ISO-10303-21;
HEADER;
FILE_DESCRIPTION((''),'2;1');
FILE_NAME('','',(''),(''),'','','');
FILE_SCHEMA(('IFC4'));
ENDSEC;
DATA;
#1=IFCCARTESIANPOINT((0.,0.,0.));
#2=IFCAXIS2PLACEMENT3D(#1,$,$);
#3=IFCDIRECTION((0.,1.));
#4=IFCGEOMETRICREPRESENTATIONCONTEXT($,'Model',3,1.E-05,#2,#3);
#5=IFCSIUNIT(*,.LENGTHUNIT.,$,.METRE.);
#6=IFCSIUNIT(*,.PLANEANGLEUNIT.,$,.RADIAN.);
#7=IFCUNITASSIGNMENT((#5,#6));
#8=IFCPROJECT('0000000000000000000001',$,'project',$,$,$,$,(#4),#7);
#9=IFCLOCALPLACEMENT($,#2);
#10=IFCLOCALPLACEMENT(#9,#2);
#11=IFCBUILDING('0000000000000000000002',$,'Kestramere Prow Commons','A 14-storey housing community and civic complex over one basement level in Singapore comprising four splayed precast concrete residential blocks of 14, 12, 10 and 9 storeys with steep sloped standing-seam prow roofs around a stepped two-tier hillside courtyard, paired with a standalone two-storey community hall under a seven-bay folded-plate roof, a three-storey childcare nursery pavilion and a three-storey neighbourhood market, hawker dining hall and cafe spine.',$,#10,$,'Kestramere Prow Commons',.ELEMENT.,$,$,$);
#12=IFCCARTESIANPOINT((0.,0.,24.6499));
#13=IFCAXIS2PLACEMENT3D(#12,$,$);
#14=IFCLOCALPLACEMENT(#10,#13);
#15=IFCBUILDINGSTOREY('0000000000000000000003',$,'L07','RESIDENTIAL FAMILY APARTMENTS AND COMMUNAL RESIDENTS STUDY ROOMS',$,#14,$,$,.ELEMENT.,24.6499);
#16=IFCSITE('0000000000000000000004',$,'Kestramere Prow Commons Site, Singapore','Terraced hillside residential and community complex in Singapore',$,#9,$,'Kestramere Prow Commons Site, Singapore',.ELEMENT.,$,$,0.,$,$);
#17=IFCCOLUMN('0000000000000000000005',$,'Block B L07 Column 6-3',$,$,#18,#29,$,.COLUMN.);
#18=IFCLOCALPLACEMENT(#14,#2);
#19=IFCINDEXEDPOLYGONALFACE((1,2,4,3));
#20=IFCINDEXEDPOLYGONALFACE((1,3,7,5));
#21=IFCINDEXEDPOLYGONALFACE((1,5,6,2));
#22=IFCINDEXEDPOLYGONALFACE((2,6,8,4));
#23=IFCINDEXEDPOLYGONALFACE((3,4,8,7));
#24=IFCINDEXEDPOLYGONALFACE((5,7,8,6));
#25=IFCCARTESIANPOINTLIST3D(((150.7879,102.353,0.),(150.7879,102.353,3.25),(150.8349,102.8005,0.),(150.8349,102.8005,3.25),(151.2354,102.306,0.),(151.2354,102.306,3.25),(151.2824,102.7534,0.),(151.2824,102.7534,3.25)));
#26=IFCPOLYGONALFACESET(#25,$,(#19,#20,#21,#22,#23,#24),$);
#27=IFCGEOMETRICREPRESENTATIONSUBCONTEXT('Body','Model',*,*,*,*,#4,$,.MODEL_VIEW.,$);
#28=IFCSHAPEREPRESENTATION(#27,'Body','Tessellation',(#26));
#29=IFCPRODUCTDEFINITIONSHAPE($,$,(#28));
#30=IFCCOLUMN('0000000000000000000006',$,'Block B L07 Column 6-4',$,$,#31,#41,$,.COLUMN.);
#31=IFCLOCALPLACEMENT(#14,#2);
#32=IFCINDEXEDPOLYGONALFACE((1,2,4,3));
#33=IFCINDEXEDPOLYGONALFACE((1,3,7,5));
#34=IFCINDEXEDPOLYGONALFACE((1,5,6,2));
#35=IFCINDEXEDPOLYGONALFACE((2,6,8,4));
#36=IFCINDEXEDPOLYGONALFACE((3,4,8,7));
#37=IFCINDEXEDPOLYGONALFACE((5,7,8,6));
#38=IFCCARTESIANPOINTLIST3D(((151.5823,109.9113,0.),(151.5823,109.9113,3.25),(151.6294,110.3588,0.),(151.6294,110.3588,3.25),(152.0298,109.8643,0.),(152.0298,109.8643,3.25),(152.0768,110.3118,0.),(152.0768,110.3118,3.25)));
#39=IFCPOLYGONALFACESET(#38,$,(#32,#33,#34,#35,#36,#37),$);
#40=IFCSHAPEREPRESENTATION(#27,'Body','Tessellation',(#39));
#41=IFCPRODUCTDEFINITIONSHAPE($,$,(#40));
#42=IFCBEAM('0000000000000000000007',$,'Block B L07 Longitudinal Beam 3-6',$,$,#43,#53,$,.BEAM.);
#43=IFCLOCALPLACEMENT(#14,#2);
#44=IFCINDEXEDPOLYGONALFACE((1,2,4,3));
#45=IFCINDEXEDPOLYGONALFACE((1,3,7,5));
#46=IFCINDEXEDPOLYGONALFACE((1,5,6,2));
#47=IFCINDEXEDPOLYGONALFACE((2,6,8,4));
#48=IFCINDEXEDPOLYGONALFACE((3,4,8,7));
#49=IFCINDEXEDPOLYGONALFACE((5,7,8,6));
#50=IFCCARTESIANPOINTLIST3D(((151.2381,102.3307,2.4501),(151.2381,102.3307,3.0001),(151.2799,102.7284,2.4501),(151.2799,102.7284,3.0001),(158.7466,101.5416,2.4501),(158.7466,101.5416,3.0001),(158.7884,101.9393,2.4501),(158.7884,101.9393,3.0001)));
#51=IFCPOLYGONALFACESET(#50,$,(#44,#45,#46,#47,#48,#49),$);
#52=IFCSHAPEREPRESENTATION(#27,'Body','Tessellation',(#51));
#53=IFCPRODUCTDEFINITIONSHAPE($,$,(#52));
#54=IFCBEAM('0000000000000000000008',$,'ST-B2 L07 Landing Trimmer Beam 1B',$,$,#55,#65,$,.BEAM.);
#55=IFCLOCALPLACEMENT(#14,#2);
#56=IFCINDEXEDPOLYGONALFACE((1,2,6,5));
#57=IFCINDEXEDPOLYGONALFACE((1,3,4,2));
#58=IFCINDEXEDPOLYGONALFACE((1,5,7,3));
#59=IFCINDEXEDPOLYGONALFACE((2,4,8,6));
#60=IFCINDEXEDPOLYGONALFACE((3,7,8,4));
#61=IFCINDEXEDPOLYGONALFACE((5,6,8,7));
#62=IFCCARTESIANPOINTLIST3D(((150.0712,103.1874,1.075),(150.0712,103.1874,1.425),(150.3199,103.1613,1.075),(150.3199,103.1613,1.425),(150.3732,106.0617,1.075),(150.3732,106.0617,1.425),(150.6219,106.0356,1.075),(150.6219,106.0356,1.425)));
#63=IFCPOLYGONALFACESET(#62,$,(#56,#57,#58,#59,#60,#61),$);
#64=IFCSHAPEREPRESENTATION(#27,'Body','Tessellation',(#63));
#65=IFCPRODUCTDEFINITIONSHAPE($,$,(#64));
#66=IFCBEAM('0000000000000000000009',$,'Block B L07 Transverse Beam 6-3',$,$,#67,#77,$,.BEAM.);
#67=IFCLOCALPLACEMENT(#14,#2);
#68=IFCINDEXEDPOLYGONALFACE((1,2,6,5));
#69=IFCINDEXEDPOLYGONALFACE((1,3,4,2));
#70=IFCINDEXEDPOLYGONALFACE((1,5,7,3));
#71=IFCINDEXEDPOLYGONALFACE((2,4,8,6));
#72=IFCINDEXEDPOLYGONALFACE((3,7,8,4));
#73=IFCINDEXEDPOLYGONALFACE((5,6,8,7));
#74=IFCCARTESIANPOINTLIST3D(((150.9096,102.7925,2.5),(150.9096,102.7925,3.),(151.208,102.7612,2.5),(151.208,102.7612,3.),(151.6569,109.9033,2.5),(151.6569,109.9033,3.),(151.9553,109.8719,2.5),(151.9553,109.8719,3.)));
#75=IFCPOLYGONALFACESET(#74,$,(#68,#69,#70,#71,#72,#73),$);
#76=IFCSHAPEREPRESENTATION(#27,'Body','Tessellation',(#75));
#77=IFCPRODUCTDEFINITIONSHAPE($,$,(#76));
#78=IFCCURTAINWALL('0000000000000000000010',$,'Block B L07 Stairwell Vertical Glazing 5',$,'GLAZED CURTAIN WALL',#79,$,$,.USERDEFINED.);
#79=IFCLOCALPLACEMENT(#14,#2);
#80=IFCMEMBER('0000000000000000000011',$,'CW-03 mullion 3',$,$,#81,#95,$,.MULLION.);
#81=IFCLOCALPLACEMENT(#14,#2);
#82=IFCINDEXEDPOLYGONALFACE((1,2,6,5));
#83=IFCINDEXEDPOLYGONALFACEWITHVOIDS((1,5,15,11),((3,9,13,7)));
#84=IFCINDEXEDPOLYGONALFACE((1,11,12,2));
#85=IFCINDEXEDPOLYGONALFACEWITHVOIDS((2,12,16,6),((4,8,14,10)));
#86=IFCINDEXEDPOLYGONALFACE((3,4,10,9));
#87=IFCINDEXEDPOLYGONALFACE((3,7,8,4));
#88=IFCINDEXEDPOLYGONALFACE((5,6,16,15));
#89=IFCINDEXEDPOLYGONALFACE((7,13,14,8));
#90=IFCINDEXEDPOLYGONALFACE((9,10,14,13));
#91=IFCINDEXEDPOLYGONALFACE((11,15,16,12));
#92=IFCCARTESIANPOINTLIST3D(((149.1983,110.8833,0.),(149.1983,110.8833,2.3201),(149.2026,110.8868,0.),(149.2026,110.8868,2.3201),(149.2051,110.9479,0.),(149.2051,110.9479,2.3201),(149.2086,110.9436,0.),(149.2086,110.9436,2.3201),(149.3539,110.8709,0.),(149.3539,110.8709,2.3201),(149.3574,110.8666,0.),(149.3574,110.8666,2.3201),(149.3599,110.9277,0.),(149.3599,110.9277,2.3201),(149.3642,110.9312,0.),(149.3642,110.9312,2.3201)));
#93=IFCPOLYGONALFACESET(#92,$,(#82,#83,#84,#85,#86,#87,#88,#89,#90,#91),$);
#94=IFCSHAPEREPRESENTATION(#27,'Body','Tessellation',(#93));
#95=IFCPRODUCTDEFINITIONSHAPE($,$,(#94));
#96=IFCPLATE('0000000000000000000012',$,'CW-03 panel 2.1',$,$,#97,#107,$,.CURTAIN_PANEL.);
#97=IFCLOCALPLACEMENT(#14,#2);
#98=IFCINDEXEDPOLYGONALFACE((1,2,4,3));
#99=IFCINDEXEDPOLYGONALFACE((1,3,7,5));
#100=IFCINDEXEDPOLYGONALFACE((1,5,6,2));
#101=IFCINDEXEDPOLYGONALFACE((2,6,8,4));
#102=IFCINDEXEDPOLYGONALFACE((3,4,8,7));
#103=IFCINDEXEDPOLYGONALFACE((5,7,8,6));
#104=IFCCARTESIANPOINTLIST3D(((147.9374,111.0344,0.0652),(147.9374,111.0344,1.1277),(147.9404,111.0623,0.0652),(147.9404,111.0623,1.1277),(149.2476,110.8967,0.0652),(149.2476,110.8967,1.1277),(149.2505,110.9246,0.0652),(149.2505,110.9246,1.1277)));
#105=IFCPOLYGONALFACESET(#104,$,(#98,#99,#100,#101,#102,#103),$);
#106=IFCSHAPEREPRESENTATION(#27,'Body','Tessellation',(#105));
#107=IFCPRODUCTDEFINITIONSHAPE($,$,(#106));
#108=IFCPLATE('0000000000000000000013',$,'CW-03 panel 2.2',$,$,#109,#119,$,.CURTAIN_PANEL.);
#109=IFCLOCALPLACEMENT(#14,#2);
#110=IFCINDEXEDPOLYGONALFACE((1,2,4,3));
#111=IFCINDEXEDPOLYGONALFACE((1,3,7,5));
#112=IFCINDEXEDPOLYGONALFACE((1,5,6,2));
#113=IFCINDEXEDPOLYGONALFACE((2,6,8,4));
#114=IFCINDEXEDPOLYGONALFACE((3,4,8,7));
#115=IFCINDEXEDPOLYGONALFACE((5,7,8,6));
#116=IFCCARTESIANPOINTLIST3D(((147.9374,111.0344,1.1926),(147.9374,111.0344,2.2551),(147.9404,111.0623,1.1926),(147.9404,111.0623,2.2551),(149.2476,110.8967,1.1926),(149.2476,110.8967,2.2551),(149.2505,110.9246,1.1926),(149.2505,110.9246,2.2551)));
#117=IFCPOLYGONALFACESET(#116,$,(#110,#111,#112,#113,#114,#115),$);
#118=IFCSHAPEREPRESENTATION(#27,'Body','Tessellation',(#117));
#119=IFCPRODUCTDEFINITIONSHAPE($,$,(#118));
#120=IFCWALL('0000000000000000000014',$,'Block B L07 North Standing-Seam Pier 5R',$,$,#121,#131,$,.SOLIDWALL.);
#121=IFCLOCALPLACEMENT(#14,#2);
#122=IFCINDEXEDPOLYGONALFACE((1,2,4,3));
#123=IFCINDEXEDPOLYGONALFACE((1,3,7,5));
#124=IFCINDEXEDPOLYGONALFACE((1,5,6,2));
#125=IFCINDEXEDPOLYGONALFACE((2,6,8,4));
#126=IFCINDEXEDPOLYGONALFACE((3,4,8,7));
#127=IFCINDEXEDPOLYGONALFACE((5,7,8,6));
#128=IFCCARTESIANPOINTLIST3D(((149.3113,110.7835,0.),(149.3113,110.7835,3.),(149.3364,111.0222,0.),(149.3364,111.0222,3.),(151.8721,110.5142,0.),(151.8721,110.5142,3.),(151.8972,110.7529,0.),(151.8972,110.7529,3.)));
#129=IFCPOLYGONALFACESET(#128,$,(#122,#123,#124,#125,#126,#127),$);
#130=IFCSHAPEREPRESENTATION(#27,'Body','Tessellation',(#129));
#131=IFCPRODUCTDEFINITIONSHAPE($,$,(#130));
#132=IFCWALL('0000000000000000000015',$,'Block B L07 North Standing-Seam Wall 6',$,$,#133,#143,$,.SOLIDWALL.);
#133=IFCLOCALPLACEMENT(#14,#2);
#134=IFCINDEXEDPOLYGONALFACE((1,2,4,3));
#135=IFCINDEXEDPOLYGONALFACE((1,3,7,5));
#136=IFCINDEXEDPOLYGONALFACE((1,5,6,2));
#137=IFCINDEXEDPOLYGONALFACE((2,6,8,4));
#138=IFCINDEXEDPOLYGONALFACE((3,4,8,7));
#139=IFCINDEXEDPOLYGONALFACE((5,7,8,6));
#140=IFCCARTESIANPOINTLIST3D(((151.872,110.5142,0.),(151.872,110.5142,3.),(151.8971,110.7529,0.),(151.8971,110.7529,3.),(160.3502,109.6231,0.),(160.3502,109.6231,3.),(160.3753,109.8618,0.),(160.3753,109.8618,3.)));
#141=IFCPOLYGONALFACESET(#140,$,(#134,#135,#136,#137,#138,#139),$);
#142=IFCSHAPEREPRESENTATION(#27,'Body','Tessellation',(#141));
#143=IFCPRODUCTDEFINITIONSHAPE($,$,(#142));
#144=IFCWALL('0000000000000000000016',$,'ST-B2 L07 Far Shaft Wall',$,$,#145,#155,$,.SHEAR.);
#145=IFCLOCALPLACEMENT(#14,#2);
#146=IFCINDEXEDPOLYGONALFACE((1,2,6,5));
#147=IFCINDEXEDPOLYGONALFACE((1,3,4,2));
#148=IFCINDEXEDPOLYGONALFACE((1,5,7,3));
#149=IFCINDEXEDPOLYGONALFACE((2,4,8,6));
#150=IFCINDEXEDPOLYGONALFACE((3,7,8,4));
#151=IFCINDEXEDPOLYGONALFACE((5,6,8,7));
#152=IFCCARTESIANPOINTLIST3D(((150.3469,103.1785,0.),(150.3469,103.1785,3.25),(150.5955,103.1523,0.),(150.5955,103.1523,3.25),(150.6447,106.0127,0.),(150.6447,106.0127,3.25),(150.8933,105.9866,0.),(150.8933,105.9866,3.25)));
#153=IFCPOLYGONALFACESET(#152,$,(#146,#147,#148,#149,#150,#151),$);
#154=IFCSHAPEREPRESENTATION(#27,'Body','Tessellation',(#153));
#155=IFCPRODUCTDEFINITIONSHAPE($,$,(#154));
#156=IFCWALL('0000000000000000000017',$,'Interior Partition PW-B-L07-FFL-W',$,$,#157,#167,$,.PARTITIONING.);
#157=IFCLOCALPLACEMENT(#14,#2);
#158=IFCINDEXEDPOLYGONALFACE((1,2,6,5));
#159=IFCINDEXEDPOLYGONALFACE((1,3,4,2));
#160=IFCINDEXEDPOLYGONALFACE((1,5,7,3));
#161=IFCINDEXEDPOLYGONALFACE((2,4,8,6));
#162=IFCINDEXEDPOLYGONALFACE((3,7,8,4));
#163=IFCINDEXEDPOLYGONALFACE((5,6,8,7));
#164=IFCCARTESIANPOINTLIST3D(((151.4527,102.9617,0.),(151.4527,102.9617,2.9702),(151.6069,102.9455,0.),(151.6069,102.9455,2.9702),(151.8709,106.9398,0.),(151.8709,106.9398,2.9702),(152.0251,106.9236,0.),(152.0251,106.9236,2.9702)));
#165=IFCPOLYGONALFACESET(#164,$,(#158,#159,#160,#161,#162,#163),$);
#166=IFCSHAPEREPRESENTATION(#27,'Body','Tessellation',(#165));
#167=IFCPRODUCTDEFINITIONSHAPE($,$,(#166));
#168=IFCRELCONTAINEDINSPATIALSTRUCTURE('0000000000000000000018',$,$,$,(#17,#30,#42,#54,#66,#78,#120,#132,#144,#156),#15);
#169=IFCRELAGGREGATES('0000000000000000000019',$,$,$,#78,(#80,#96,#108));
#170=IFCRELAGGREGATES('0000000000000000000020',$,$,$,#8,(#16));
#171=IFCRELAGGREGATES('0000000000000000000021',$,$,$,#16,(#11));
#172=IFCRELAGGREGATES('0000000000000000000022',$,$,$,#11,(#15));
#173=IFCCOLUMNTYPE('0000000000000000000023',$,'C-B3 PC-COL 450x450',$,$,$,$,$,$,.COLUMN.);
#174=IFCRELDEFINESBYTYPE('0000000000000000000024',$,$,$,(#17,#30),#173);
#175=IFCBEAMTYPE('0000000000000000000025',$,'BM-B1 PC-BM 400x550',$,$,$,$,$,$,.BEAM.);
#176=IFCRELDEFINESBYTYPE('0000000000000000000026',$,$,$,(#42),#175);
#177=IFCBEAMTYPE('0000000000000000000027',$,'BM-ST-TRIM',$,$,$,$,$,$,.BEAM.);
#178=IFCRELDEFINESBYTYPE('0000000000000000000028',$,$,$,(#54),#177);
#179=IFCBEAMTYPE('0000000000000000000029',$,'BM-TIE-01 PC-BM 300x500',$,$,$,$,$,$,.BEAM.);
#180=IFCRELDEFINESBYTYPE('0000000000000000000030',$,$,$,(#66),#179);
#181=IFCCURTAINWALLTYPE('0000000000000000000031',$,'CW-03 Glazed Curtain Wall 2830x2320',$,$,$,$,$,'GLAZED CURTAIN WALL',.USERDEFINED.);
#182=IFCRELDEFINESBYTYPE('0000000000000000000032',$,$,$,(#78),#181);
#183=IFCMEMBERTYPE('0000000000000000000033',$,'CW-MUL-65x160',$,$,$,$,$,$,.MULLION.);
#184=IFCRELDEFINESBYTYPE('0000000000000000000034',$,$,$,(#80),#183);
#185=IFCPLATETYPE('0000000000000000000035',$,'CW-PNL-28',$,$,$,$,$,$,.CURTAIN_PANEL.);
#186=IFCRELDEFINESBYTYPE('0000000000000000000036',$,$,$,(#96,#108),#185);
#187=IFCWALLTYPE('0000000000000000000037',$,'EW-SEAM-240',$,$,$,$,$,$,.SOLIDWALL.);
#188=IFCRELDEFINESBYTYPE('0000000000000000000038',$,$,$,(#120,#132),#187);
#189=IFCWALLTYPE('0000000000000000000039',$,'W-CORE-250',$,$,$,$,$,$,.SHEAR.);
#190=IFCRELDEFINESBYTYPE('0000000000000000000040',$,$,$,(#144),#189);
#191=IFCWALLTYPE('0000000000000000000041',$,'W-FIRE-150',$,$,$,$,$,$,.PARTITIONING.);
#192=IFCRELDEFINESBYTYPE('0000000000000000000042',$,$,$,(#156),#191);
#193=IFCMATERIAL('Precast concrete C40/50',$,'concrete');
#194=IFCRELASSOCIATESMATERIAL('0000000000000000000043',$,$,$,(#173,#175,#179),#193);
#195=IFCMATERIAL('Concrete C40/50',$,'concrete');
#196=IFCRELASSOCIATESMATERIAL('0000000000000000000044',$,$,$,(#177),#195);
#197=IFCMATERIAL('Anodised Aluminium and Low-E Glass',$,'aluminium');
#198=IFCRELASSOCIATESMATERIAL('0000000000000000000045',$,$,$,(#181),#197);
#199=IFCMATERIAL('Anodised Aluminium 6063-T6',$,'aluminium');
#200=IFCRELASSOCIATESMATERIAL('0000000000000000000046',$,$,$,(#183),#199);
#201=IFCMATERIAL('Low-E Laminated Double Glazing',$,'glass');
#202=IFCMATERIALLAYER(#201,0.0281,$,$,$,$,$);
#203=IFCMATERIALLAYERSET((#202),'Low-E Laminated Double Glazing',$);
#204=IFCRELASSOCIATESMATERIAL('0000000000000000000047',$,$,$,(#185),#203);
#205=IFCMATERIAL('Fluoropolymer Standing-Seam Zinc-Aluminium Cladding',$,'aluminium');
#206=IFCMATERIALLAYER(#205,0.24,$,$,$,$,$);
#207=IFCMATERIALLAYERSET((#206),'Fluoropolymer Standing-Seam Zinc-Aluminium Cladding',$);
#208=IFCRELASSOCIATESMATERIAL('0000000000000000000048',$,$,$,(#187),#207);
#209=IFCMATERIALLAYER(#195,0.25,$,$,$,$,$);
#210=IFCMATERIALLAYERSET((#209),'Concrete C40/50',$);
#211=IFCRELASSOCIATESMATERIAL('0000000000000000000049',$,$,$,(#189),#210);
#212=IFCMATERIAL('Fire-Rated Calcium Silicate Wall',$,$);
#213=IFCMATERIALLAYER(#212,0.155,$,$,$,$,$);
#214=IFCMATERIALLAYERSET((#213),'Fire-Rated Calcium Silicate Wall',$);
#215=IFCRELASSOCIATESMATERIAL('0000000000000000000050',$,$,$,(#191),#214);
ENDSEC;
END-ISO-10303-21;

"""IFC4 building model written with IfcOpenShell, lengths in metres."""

from ifc_helpers import new_model, si_unit, direction, frame, frame_2d, origin, origin_2d, place, context, subcontext, project, spatial, rectangle, hollow_rectangle, extrude, material, layer, layer_set, material_profile, profile_set, type_object, element, aggregate, save


model = new_model("IFC4")

# Units and contexts
model_context = context("Model", 3, precision=1e-05, world=origin(), true_north=direction((0.0, 1.0)))
body_context = subcontext(model_context, "Body", "Model", "MODEL_VIEW")
ifc_project = project(units=[si_unit("LENGTHUNIT", "METRE"), si_unit("PLANEANGLEUNIT", "RADIAN")], contexts=[model_context])

# Site, building, storey
site_placement = place(None, origin())
site = spatial("IfcSite", under=ifc_project, at=site_placement, Name="Kestramere Prow Commons Site, Singapore", Description="Terraced hillside residential and community complex in Singapore", LongName="Kestramere Prow Commons Site, Singapore", CompositionType="ELEMENT", RefElevation=0.0)
building_placement = place(site_placement, origin())
building = spatial("IfcBuilding", under=site, at=building_placement, Name="Kestramere Prow Commons", Description="A 14-storey housing community and civic complex over one basement level in Singapore comprising four splayed precast concrete residential blocks of 14, 12, 10 and 9 storeys with steep sloped standing-seam prow roofs around a stepped two-tier hillside courtyard, paired with a standalone two-storey community hall under a seven-bay folded-plate roof, a three-storey childcare nursery pavilion and a three-storey neighbourhood market, hawker dining hall and cafe spine.", LongName="Kestramere Prow Commons", CompositionType="ELEMENT")
storey_placement = place(building_placement, frame((0.0, 0.0, 24.6499)))
storey = spatial("IfcBuildingStorey", under=building, at=storey_placement, Name="L07", Description="RESIDENTIAL FAMILY APARTMENTS AND COMMUNAL RESIDENTS STUDY ROOMS", CompositionType="ELEMENT", Elevation=24.6499)

# Columns
ifc_material_1 = material(Name="Precast concrete C40/50", Category="concrete")
ifc_material_profile_1 = material_profile(ifc_material_1, rectangle(XDim=0.45, YDim=0.45, at=origin_2d()), Name="PC-COL 450x450")
ifc_profile_set_1 = profile_set([ifc_material_profile_1], Name="Precast concrete C40/50")
column_type = type_object("IfcColumnType", Name="C-B3 PC-COL 450x450", PredefinedType="COLUMN", material=ifc_profile_set_1)
for number, where, z_axis, x_axis, name in (
    (1, (151.0352, 102.5532, 0.0), (0.0, 0.0, 1.0), (0.994522, -0.104528, 0.0), "Block B L07 Column 6-3"),
    (2, (151.8296, 110.1116, 0.0), (0.0, 0.0, 1.0), (0.994522, -0.104528, 0.0), "Block B L07 Column 6-4"),
):
    element("IfcColumn", number, at=place(storey_placement, frame(where, z_axis=z_axis, x_axis=x_axis)), inside=storey, type_object=column_type, Name=name, PredefinedType="COLUMN", context=body_context, shape_type="SweptSolid", body=[
        extrude(rectangle(XDim=0.45, YDim=0.45, at=origin_2d()), origin(), (0.0, 0.0, 1.0), 3.25),
    ])

# Beams
ifc_material_profile_2 = material_profile(ifc_material_1, rectangle(XDim=0.3999, YDim=0.55, at=origin_2d()), Name="PC-BM 400x550")
ifc_profile_set_2 = profile_set([ifc_material_profile_2], Name="Precast concrete C40/50")
beam_type_1 = type_object("IfcBeamType", Name="BM-B1 PC-BM 400x550", PredefinedType="BEAM", material=ifc_profile_set_2)
beam_1_placement = place(storey_placement, frame((151.259, 102.5295, 2.7251), z_axis=(0.994524, -0.104513, 0.0), x_axis=(0.104513, 0.994524, 0.0)))
element("IfcBeam", 3, at=beam_1_placement, inside=storey, type_object=beam_type_1, Name="Block B L07 Longitudinal Beam 3-6", PredefinedType="BEAM", context=body_context, shape_type="SweptSolid", body=[
    extrude(rectangle(XDim=0.3999, YDim=0.55, at=origin_2d()), origin(), (0.0, 0.0, 1.0), 7.5498),
])
ifc_material_2 = material(Name="Concrete C40/50", Category="concrete")
ifc_material_profile_3 = material_profile(ifc_material_2, rectangle(XDim=0.25, YDim=0.3501, at=origin_2d()), Name="PC-BM 250x350")
ifc_profile_set_3 = profile_set([ifc_material_profile_3], Name="Concrete C40/50")
beam_type_2 = type_object("IfcBeamType", Name="BM-ST-TRIM", PredefinedType="BEAM", material=ifc_profile_set_3)
beam_2_placement = place(storey_placement, frame((150.1956, 103.1743, 1.25), z_axis=(0.104496, 0.994525, 0.0), x_axis=(-0.994525, 0.104496, 0.0)))
element("IfcBeam", 4, at=beam_2_placement, inside=storey, type_object=beam_type_2, Name="ST-B2 L07 Landing Trimmer Beam 1B", PredefinedType="BEAM", context=body_context, shape_type="SweptSolid", body=[
    extrude(rectangle(XDim=0.25, YDim=0.3501, at=origin_2d()), origin(), (0.0, 0.0, 1.0), 2.8901),
])
ifc_material_profile_4 = material_profile(ifc_material_1, rectangle(XDim=0.3, YDim=0.5, at=origin_2d()), Name="PC-BM 300x500")
ifc_profile_set_4 = profile_set([ifc_material_profile_4], Name="Precast concrete C40/50")
beam_type_3 = type_object("IfcBeamType", Name="BM-TIE-01 PC-BM 300x500", PredefinedType="BEAM", material=ifc_profile_set_4)
beam_3_placement = place(storey_placement, frame((151.0588, 102.7769, 2.75), z_axis=(0.104519, 0.994523, 0.0), x_axis=(-0.994523, 0.104519, 0.0)))
element("IfcBeam", 5, at=beam_3_placement, inside=storey, type_object=beam_type_3, Name="Block B L07 Transverse Beam 6-3", PredefinedType="BEAM", context=body_context, shape_type="SweptSolid", body=[
    extrude(rectangle(XDim=0.3, YDim=0.5, at=origin_2d()), origin(), (0.0, 0.0, 1.0), 7.1499),
])

# Curtain wall, member, plates
ifc_material_3 = material(Name="Anodised Aluminium and Low-E Glass", Category="aluminium")
curtain_wall_type = type_object("IfcCurtainWallType", Name="CW-03 Glazed Curtain Wall 2830x2320", ElementType="GLAZED CURTAIN WALL", PredefinedType="USERDEFINED", material=ifc_material_3)
curtain_wall_placement = place(storey_placement, origin())
curtain_wall = element("IfcCurtainWall", 6, at=curtain_wall_placement, inside=storey, type_object=curtain_wall_type, Name="Block B L07 Stairwell Vertical Glazing 5", ObjectType="GLAZED CURTAIN WALL", PredefinedType="USERDEFINED")
ifc_material_4 = material(Name="Anodised Aluminium 6063-T6", Category="aluminium")
ifc_material_profile_5 = material_profile(ifc_material_4, hollow_rectangle(XDim=0.0649, YDim=0.1599, WallThickness=0.0039, at=origin_2d()), Name="ALU-MUL 65x160")
ifc_profile_set_5 = profile_set([ifc_material_profile_5], Name="Anodised Aluminium 6063-T6")
member_type = type_object("IfcMemberType", Name="CW-MUL-65x160", PredefinedType="MULLION", material=ifc_profile_set_5)
member_placement = place(storey_placement, frame((149.2812, 110.9072, 0.0), z_axis=(0.0, 0.0, 1.0), x_axis=(0.104528, 0.994522, 0.0)))
member = element("IfcMember", 7, at=member_placement, type_object=member_type, Name="CW-03 mullion 3", PredefinedType="MULLION", context=body_context, shape_type="SweptSolid", body=[
    extrude(hollow_rectangle(XDim=0.0649, YDim=0.1599, WallThickness=0.0039, at=origin_2d()), origin(), (0.0, 0.0, 1.0), 2.3201),
])
ifc_material_5 = material(Name="Low-E Laminated Double Glazing", Category="glass")
ifc_layer_1 = layer(ifc_material_5, 0.0281)
ifc_layer_set_1 = layer_set([ifc_layer_1], Name="Low-E Laminated Double Glazing")
plate_type = type_object("IfcPlateType", Name="CW-PNL-28", PredefinedType="CURTAIN_PANEL", material=ifc_layer_set_1)
plate_1_placement = place(storey_placement, frame((148.594, 110.9795, 0.0652), z_axis=(0.0, 0.0, 1.0), x_axis=(0.994522, -0.104528, 0.0)))
plate_1 = element("IfcPlate", 8, at=plate_1_placement, type_object=plate_type, Name="CW-03 panel 2.1", PredefinedType="CURTAIN_PANEL", context=body_context, shape_type="SweptSolid", body=[
    extrude(rectangle(XDim=1.3174, YDim=0.0281, at=origin_2d()), origin(), (0.0, 0.0, 1.0), 1.0625),
])
plate_2_placement = place(storey_placement, frame((148.594, 110.9795, 1.1926), z_axis=(0.0, 0.0, 1.0), x_axis=(0.994522, -0.104528, 0.0)))
plate_2 = element("IfcPlate", 9, at=plate_2_placement, type_object=plate_type, Name="CW-03 panel 2.2", PredefinedType="CURTAIN_PANEL", context=body_context, shape_type="SweptSolid", body=[
    extrude(rectangle(XDim=1.3174, YDim=0.0281, at=origin_2d()), origin(), (0.0, 0.0, 1.0), 1.0625),
])
aggregate(curtain_wall, [member, plate_1, plate_2])

# Walls
ifc_material_6 = material(Name="Fluoropolymer Standing-Seam Zinc-Aluminium Cladding", Category="aluminium")
ifc_layer_2 = layer(ifc_material_6, 0.24)
ifc_layer_set_2 = layer_set([ifc_layer_2], Name="Fluoropolymer Standing-Seam Zinc-Aluminium Cladding")
wall_type_1 = type_object("IfcWallType", Name="EW-SEAM-240", PredefinedType="SOLIDWALL", material=ifc_layer_set_2)
wall_1_placement = place(storey_placement, frame((149.3237, 110.9028, 0.0), z_axis=(0.0, 0.0, 1.0), x_axis=(0.994516, -0.104581, 0.0)))
element("IfcWall", 10, at=wall_1_placement, inside=storey, type_object=wall_type_1, Name="Block B L07 North Standing-Seam Pier 5R", PredefinedType="SOLIDWALL", context=body_context, shape_type="SweptSolid", body=[
    extrude(rectangle(XDim=2.575, YDim=0.24, at=frame_2d((1.2876, 0.0))), origin(), (0.0, 0.0, 1.0), 3.0),
])
wall_2_placement = place(storey_placement, frame((151.8845, 110.6335, 0.0), z_axis=(0.0, 0.0, 1.0), x_axis=(0.994522, -0.10453, 0.0)))
element("IfcWall", 11, at=wall_2_placement, inside=storey, type_object=wall_type_1, Name="Block B L07 North Standing-Seam Wall 6", PredefinedType="SOLIDWALL", context=body_context, shape_type="SweptSolid", body=[
    extrude(rectangle(XDim=8.5249, YDim=0.24, at=frame_2d((4.2625, 0.0))), origin(), (0.0, 0.0, 1.0), 3.0),
])
ifc_layer_3 = layer(ifc_material_2, 0.25)
ifc_layer_set_3 = layer_set([ifc_layer_3], Name="Concrete C40/50")
wall_type_2 = type_object("IfcWallType", Name="W-CORE-250", PredefinedType="SHEAR", material=ifc_layer_set_3)
wall_3_placement = place(storey_placement, frame((150.4712, 103.1655, 0.0), z_axis=(0.0, 0.0, 1.0), x_axis=(0.104515, 0.994523, 0.0)))
element("IfcWall", 12, at=wall_3_placement, inside=storey, type_object=wall_type_2, Name="ST-B2 L07 Far Shaft Wall", PredefinedType="SHEAR", context=body_context, shape_type="SweptSolid", body=[
    extrude(rectangle(XDim=2.8499, YDim=0.25, at=frame_2d((1.4248, 0.0))), origin(), (0.0, 0.0, 1.0), 3.25),
])

# Shared definitions
ifc_material_7 = material(Name="Fire-Rated Calcium Silicate Wall")
ifc_layer_4 = layer(ifc_material_7, 0.155)
ifc_layer_set_4 = layer_set([ifc_layer_4], Name="Fire-Rated Calcium Silicate Wall")
wall_type_3 = type_object("IfcWallType", Name="W-FIRE-150", PredefinedType="PARTITIONING", material=ifc_layer_set_4)

# Wall
wall_4_placement = place(storey_placement, frame((151.5298, 102.9536, 0.0), z_axis=(0.0, 0.0, 1.0), x_axis=(0.104555, 0.994519, 0.0)))
element("IfcWall", 13, at=wall_4_placement, inside=storey, type_object=wall_type_3, Name="Interior Partition PW-B-L07-FFL-W", PredefinedType="PARTITIONING", context=body_context, shape_type="SweptSolid", body=[
    extrude(rectangle(XDim=4.0, YDim=0.155, at=frame_2d((2.0, 0.0))), origin(), (0.0, 0.0, 1.0), 2.9702),
])

save(model, "model.ifc")
